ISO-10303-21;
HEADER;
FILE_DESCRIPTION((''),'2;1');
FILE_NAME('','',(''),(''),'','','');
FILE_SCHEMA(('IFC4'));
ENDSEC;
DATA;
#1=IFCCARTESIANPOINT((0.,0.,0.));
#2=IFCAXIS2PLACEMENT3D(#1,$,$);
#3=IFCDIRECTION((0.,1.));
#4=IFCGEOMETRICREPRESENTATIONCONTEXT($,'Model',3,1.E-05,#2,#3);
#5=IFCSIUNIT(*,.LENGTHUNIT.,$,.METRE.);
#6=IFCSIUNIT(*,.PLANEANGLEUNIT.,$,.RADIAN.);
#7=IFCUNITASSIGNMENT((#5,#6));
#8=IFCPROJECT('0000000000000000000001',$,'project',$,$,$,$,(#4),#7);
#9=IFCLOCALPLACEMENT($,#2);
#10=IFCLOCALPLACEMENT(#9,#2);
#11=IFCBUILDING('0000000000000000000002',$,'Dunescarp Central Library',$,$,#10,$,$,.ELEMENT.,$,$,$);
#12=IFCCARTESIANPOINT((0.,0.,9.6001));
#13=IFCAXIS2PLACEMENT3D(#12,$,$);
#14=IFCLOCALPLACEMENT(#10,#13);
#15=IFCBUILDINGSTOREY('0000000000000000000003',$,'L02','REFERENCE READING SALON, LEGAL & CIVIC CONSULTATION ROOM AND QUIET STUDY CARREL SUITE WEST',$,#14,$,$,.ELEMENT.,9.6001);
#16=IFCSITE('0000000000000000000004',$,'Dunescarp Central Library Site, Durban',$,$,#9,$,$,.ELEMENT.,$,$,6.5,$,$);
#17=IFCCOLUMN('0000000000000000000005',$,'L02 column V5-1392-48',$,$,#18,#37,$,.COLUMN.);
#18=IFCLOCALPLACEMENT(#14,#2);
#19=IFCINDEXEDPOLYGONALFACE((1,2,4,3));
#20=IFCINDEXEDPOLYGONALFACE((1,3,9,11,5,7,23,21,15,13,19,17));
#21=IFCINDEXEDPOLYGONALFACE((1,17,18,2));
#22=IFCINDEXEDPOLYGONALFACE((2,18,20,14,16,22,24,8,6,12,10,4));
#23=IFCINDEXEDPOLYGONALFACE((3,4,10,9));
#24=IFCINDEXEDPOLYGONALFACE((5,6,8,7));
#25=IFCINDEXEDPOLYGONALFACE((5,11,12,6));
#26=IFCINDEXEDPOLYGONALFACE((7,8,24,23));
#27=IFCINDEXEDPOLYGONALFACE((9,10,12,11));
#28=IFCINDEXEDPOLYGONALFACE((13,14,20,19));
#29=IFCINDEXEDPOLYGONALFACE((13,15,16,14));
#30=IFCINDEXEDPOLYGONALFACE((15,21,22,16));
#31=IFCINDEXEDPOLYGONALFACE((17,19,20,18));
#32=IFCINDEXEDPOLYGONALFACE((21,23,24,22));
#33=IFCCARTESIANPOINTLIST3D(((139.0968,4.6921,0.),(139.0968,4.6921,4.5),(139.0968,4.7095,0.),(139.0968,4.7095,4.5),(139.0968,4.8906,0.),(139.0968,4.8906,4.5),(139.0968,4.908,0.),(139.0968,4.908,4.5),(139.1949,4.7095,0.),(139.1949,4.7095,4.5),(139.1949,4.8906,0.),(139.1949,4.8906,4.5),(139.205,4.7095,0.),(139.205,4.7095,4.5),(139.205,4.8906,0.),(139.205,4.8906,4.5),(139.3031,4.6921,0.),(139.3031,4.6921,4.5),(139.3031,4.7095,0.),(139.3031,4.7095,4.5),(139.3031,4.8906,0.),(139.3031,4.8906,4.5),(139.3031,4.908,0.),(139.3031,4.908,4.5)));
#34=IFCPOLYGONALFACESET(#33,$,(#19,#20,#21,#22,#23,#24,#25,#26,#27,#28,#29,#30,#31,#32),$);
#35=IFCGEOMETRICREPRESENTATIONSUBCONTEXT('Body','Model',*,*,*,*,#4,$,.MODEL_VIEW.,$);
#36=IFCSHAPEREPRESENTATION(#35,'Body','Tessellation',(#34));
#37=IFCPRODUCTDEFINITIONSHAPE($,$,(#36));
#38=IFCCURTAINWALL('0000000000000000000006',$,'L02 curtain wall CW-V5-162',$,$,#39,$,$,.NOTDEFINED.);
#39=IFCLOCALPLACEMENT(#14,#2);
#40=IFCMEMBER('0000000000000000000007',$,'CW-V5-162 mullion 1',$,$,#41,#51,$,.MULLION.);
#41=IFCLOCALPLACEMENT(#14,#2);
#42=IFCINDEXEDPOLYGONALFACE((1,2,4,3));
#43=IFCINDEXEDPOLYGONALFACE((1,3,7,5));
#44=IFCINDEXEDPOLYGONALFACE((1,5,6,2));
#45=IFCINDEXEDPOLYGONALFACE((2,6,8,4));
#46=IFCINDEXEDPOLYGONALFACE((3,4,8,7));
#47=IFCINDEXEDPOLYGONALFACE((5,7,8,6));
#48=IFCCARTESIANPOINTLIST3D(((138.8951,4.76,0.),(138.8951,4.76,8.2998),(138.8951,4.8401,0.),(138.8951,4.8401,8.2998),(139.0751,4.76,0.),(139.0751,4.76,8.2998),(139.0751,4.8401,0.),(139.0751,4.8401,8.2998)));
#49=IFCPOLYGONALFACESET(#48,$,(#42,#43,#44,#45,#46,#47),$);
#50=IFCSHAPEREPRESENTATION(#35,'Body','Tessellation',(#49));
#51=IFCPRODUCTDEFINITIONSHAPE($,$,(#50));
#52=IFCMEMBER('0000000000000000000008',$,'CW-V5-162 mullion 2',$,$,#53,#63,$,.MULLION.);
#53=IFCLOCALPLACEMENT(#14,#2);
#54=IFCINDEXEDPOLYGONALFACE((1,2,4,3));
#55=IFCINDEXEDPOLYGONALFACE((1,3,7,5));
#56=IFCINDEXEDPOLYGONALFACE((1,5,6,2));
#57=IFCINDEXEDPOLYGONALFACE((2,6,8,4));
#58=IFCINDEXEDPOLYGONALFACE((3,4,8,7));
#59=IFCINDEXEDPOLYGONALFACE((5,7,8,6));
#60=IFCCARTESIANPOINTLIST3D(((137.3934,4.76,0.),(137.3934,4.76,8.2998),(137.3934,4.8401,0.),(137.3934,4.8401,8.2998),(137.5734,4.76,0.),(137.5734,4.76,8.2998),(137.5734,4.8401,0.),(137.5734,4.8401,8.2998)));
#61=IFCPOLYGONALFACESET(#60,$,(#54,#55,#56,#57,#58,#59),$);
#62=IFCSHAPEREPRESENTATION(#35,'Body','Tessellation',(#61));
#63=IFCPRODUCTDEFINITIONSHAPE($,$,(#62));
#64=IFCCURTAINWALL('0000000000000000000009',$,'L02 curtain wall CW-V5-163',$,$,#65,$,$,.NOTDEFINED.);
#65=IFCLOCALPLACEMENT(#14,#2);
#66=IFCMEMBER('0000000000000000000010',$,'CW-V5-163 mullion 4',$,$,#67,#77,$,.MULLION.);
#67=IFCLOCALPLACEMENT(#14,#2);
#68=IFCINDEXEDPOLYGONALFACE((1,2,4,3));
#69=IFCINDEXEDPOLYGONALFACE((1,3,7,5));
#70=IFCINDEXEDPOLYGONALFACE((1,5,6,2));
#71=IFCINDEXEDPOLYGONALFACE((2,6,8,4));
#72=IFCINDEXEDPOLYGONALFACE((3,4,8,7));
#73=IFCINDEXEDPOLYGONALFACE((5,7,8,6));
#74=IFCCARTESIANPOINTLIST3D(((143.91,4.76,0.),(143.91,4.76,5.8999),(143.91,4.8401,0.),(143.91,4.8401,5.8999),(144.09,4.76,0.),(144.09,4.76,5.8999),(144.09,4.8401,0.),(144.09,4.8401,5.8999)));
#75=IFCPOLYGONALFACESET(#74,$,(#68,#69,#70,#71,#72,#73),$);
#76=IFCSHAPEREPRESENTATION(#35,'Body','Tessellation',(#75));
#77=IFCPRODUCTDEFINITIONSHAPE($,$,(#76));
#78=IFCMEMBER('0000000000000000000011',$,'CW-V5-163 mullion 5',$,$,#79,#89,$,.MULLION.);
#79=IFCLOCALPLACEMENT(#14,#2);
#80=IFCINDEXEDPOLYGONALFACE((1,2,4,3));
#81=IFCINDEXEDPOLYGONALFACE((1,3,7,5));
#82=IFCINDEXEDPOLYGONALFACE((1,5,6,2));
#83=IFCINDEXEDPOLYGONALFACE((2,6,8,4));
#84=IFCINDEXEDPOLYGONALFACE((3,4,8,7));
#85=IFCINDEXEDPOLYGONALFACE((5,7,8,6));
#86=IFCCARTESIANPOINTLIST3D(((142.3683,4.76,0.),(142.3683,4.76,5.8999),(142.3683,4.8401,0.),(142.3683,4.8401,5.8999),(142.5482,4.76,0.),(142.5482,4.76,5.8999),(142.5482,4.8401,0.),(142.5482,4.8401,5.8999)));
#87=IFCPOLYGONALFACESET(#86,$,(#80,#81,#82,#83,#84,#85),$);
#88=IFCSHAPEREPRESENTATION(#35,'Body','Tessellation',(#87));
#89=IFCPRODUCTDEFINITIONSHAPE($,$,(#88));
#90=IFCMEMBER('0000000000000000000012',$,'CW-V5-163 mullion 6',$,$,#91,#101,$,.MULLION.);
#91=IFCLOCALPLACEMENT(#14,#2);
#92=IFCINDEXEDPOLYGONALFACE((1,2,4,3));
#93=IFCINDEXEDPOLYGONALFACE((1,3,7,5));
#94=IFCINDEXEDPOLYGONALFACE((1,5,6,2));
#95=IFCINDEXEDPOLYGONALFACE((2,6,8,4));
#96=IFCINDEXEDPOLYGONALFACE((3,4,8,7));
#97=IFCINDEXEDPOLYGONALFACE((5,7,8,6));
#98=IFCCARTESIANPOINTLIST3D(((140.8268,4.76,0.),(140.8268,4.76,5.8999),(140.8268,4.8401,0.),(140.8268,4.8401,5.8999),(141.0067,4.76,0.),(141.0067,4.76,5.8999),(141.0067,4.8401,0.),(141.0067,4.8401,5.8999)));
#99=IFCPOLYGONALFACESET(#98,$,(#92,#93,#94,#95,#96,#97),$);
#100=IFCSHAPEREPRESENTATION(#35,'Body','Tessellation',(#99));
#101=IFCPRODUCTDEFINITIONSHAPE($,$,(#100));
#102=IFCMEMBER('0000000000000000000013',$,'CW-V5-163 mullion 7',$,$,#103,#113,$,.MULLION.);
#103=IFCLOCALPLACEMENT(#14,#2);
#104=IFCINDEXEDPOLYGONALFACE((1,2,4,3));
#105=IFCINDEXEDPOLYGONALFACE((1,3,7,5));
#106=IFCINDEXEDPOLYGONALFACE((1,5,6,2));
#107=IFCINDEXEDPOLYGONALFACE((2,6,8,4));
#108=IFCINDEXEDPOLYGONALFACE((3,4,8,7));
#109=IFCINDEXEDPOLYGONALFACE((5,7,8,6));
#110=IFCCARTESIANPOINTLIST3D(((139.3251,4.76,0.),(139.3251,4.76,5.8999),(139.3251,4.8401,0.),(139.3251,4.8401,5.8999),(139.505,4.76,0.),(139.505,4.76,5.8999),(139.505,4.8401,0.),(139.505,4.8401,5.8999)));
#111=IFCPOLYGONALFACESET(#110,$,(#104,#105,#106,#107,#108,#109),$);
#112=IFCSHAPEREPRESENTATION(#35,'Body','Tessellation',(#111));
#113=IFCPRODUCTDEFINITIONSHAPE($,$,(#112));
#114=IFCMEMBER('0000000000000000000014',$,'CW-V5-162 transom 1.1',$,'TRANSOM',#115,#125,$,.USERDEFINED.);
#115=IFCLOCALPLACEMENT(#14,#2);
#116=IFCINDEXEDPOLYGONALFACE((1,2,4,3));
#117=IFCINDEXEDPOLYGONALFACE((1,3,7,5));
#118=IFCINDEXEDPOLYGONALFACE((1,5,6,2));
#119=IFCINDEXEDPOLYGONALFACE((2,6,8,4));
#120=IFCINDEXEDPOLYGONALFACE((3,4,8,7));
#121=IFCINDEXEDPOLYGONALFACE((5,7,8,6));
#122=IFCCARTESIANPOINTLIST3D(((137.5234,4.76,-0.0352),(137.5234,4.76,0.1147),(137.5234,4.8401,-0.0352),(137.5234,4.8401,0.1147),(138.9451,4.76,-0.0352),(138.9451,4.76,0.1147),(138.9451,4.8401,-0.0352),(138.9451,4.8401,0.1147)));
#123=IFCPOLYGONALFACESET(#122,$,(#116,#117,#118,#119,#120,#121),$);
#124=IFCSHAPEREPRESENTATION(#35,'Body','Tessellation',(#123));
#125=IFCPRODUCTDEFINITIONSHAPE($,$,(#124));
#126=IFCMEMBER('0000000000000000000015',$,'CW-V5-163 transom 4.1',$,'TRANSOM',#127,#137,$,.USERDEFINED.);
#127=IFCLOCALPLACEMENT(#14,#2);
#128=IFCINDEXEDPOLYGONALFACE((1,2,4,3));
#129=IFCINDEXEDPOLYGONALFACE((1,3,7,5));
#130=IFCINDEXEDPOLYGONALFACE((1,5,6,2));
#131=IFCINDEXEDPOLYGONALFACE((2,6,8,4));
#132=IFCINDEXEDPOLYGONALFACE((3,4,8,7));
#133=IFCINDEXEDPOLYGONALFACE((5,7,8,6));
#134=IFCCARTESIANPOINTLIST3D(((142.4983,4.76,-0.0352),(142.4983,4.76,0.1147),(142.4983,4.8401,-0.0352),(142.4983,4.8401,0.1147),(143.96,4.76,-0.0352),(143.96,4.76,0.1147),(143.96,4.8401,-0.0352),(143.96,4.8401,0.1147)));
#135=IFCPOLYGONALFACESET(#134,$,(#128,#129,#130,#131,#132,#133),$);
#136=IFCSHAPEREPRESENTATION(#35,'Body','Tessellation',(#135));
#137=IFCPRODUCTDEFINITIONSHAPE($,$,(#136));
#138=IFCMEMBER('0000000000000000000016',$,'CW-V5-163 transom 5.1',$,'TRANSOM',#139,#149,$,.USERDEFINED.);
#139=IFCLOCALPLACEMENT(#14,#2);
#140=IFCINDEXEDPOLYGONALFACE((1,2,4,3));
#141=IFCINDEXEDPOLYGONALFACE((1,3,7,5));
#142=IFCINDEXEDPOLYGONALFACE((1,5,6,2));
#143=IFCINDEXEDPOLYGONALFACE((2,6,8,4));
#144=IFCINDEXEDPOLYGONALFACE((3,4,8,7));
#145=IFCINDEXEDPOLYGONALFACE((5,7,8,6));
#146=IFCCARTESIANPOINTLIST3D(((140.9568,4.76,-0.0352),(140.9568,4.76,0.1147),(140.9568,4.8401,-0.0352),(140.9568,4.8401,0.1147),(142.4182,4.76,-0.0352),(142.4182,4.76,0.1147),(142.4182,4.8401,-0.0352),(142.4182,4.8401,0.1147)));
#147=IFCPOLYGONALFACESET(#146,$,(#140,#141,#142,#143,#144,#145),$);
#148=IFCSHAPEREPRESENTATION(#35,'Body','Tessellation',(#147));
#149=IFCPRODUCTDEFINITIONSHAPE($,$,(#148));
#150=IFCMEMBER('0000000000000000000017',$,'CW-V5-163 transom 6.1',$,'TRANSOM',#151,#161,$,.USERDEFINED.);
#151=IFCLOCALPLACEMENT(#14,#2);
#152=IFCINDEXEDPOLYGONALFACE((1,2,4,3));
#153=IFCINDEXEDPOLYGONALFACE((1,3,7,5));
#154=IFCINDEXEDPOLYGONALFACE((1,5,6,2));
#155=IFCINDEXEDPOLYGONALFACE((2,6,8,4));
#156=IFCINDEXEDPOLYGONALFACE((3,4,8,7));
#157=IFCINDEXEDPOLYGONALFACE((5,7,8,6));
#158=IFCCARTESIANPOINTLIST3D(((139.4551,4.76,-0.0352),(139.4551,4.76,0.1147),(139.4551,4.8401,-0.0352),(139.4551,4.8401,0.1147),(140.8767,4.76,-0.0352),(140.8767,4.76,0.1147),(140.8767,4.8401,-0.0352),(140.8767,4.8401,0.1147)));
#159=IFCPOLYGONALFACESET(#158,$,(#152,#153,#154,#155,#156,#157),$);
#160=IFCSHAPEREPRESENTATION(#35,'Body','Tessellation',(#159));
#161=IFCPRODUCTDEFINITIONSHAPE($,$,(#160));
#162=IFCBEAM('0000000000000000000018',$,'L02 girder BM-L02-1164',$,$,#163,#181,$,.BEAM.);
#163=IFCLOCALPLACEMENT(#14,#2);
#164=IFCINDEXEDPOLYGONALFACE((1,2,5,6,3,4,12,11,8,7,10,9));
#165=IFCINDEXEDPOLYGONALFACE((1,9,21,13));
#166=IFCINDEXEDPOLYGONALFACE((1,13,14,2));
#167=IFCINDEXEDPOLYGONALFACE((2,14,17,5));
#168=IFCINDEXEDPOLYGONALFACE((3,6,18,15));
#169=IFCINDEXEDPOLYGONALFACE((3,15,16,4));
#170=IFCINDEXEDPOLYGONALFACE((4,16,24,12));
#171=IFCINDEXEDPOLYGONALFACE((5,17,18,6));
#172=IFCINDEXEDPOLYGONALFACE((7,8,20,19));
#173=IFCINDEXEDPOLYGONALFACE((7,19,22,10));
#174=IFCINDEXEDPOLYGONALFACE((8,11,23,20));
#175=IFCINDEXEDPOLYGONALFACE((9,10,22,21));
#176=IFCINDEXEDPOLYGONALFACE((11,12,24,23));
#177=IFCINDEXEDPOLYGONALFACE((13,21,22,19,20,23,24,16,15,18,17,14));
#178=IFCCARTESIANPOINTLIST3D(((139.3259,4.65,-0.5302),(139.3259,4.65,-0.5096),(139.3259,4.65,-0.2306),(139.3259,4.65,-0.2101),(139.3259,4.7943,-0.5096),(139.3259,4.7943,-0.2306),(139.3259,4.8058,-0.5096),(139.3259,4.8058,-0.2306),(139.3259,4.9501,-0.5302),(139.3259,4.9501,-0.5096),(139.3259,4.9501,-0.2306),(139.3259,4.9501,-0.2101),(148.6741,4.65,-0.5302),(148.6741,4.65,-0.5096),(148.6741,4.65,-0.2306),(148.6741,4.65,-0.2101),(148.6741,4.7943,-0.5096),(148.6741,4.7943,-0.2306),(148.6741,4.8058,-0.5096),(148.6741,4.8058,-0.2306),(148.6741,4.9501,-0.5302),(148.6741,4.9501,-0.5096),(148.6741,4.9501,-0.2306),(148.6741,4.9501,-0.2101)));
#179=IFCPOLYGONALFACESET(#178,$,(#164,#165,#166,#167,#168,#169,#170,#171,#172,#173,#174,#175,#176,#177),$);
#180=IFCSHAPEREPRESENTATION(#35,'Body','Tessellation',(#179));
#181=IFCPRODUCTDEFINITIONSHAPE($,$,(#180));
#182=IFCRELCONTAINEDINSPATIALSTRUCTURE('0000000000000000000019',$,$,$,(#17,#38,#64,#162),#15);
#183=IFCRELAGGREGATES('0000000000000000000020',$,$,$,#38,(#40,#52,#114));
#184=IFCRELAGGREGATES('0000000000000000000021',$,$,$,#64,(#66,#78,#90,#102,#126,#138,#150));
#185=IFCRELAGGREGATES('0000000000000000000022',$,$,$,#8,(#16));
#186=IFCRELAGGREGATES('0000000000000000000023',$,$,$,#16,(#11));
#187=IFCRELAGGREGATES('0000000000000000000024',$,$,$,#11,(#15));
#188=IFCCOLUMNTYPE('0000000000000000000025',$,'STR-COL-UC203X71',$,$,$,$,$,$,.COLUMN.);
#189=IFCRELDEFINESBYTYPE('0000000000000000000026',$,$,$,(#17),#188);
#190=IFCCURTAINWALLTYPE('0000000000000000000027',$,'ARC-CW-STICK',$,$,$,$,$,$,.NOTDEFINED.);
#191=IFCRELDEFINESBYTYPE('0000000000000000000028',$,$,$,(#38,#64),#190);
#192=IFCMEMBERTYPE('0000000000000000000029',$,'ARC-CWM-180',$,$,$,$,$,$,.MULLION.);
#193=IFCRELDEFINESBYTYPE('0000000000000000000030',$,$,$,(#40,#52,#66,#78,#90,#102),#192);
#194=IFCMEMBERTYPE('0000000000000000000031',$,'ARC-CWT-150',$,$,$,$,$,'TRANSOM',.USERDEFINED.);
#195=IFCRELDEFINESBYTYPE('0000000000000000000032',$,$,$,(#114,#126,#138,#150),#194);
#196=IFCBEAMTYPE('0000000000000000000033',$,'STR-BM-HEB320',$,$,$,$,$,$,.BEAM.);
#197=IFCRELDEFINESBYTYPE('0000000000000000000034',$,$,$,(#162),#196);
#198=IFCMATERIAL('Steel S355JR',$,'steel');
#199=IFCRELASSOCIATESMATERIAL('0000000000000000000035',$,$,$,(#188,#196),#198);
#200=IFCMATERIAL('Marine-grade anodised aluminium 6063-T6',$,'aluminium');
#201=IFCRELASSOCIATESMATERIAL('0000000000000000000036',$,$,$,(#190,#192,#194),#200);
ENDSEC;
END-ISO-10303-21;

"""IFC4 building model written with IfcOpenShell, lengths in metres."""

from ifc_helpers import new_model, si_unit, direction, frame, origin, origin_2d, place, context, subcontext, project, spatial, rectangle, i_section, extrude, material, material_profile, profile_set, type_object, element, aggregate, save


model = new_model("IFC4")

# Units and contexts
model_context = context("Model", 3, precision=1e-05, world=origin(), true_north=direction((0.0, 1.0)))
body_context = subcontext(model_context, "Body", "Model", "MODEL_VIEW")
ifc_project = project(units=[si_unit("LENGTHUNIT", "METRE"), si_unit("PLANEANGLEUNIT", "RADIAN")], contexts=[model_context])

# Site, building, storey
site_placement = place(None, origin())
site = spatial("IfcSite", under=ifc_project, at=site_placement, Name="Dunescarp Central Library Site, Durban", CompositionType="ELEMENT", RefElevation=6.5)
building_placement = place(site_placement, origin())
building = spatial("IfcBuilding", under=site, at=building_placement, Name="Dunescarp Central Library", CompositionType="ELEMENT")
storey_placement = place(building_placement, frame((0.0, 0.0, 9.6001)))
storey = spatial("IfcBuildingStorey", under=building, at=storey_placement, Name="L02", Description="REFERENCE READING SALON, LEGAL & CIVIC CONSULTATION ROOM AND QUIET STUDY CARREL SUITE WEST", CompositionType="ELEMENT", Elevation=9.6001)

# Column
ifc_material_1 = material(Name="Steel S355JR", Category="steel")
ifc_material_profile_1 = material_profile(ifc_material_1, i_section(OverallWidth=0.2063, OverallDepth=0.2158, WebThickness=0.01, FlangeThickness=0.0173, at=origin_2d()), Name="UC 203x203x71")
ifc_profile_set_1 = profile_set([ifc_material_profile_1], Name="Steel S355JR")
column_type = type_object("IfcColumnType", Name="STR-COL-UC203X71", PredefinedType="COLUMN", material=ifc_profile_set_1)
column_placement = place(storey_placement, frame((139.2, 4.8, 0.0), z_axis=(0.0, 0.0, 1.0), x_axis=(1.0, 0.0, 0.0)))
element("IfcColumn", 1, at=column_placement, inside=storey, type_object=column_type, Name="L02 column V5-1392-48", PredefinedType="COLUMN", context=body_context, shape_type="SweptSolid", body=[
    extrude(i_section(OverallWidth=0.2063, OverallDepth=0.2158, WebThickness=0.01, FlangeThickness=0.0173, at=origin_2d()), origin(), (0.0, 0.0, 1.0), 4.5),
])

# Curtain walls, members
ifc_material_2 = material(Name="Marine-grade anodised aluminium 6063-T6", Category="aluminium")
curtain_wall_type = type_object("IfcCurtainWallType", Name="ARC-CW-STICK", PredefinedType="NOTDEFINED", material=ifc_material_2)
curtain_wall_1_placement = place(storey_placement, origin())
curtain_wall_1 = element("IfcCurtainWall", 2, at=curtain_wall_1_placement, inside=storey, type_object=curtain_wall_type, Name="L02 curtain wall CW-V5-162", PredefinedType="NOTDEFINED")
ifc_material_profile_2 = material_profile(ifc_material_2, rectangle(XDim=0.0801, YDim=0.1799, at=origin_2d()), Name="AL 80x180")
ifc_profile_set_2 = profile_set([ifc_material_profile_2], Name="Marine-grade anodised aluminium 6063-T6")
member_type_1 = type_object("IfcMemberType", Name="ARC-CWM-180", PredefinedType="MULLION", material=ifc_profile_set_2)
member_1_placement = place(storey_placement, frame((138.9851, 4.8, 0.0), z_axis=(0.0, 0.0, 1.0), x_axis=(0.0, -1.0, 0.0)))
member_1 = element("IfcMember", 3, at=member_1_placement, type_object=member_type_1, Name="CW-V5-162 mullion 1", PredefinedType="MULLION", context=body_context, shape_type="SweptSolid", body=[
    extrude(rectangle(XDim=0.0801, YDim=0.1799, at=origin_2d()), origin(), (0.0, 0.0, 1.0), 8.2998),
])
member_2_placement = place(storey_placement, frame((137.4834, 4.8, 0.0), z_axis=(0.0, 0.0, 1.0), x_axis=(0.0, -1.0, 0.0)))
member_2 = element("IfcMember", 4, at=member_2_placement, type_object=member_type_1, Name="CW-V5-162 mullion 2", PredefinedType="MULLION", context=body_context, shape_type="SweptSolid", body=[
    extrude(rectangle(XDim=0.0801, YDim=0.1799, at=origin_2d()), origin(), (0.0, 0.0, 1.0), 8.2998),
])
curtain_wall_2_placement = place(storey_placement, origin())
curtain_wall_2 = element("IfcCurtainWall", 5, at=curtain_wall_2_placement, inside=storey, type_object=curtain_wall_type, Name="L02 curtain wall CW-V5-163", PredefinedType="NOTDEFINED")
member_3_placement = place(storey_placement, frame((144.0, 4.8, 0.0), z_axis=(0.0, 0.0, 1.0), x_axis=(0.0, -1.0, 0.0)))
member_3 = element("IfcMember", 6, at=member_3_placement, type_object=member_type_1, Name="CW-V5-163 mullion 4", PredefinedType="MULLION", context=body_context, shape_type="SweptSolid", body=[
    extrude(rectangle(XDim=0.0801, YDim=0.1799, at=origin_2d()), origin(), (0.0, 0.0, 1.0), 5.8999),
])
member_4_placement = place(storey_placement, frame((142.4583, 4.8, 0.0), z_axis=(0.0, 0.0, 1.0), x_axis=(0.0, -1.0, 0.0)))
member_4 = element("IfcMember", 7, at=member_4_placement, type_object=member_type_1, Name="CW-V5-163 mullion 5", PredefinedType="MULLION", context=body_context, shape_type="SweptSolid", body=[
    extrude(rectangle(XDim=0.0801, YDim=0.1799, at=origin_2d()), origin(), (0.0, 0.0, 1.0), 5.8999),
])
member_5_placement = place(storey_placement, frame((140.9167, 4.8, 0.0), z_axis=(0.0, 0.0, 1.0), x_axis=(0.0, -1.0, 0.0)))
member_5 = element("IfcMember", 8, at=member_5_placement, type_object=member_type_1, Name="CW-V5-163 mullion 6", PredefinedType="MULLION", context=body_context, shape_type="SweptSolid", body=[
    extrude(rectangle(XDim=0.0801, YDim=0.1799, at=origin_2d()), origin(), (0.0, 0.0, 1.0), 5.8999),
])
member_6_placement = place(storey_placement, frame((139.415, 4.8, 0.0), z_axis=(0.0, 0.0, 1.0), x_axis=(0.0, -1.0, 0.0)))
member_6 = element("IfcMember", 9, at=member_6_placement, type_object=member_type_1, Name="CW-V5-163 mullion 7", PredefinedType="MULLION", context=body_context, shape_type="SweptSolid", body=[
    extrude(rectangle(XDim=0.0801, YDim=0.1799, at=origin_2d()), origin(), (0.0, 0.0, 1.0), 5.8999),
])

# Members
ifc_material_profile_3 = material_profile(ifc_material_2, rectangle(XDim=0.0801, YDim=0.1499, at=origin_2d()), Name="AL 80x150")
ifc_profile_set_3 = profile_set([ifc_material_profile_3], Name="Marine-grade anodised aluminium 6063-T6")
member_type_2 = type_object("IfcMemberType", Name="ARC-CWT-150", ElementType="TRANSOM", PredefinedType="USERDEFINED", material=ifc_profile_set_3)
member_7_placement = place(storey_placement, frame((138.9451, 4.8, 0.0398), z_axis=(-1.0, 0.0, 0.0), x_axis=(0.0, -1.0, 0.0)))
member_7 = element("IfcMember", 10, at=member_7_placement, type_object=member_type_2, Name="CW-V5-162 transom 1.1", ObjectType="TRANSOM", PredefinedType="USERDEFINED", context=body_context, shape_type="SweptSolid", body=[
    extrude(rectangle(XDim=0.0801, YDim=0.1499, at=origin_2d()), origin(), (0.0, 0.0, 1.0), 1.4216),
])
member_8_placement = place(storey_placement, frame((143.96, 4.8, 0.0398), z_axis=(-1.0, 0.0, 0.0), x_axis=(0.0, -1.0, 0.0)))
member_8 = element("IfcMember", 11, at=member_8_placement, type_object=member_type_2, Name="CW-V5-163 transom 4.1", ObjectType="TRANSOM", PredefinedType="USERDEFINED", context=body_context, shape_type="SweptSolid", body=[
    extrude(rectangle(XDim=0.0801, YDim=0.1499, at=origin_2d()), origin(), (0.0, 0.0, 1.0), 1.4617),
])
member_9_placement = place(storey_placement, frame((142.4182, 4.8, 0.0398), z_axis=(-1.0, 0.0, 0.0), x_axis=(0.0, -1.0, 0.0)))
member_9 = element("IfcMember", 12, at=member_9_placement, type_object=member_type_2, Name="CW-V5-163 transom 5.1", ObjectType="TRANSOM", PredefinedType="USERDEFINED", context=body_context, shape_type="SweptSolid", body=[
    extrude(rectangle(XDim=0.0801, YDim=0.1499, at=origin_2d()), origin(), (0.0, 0.0, 1.0), 1.4614),
])
member_10_placement = place(storey_placement, frame((140.8767, 4.8, 0.0398), z_axis=(-1.0, 0.0, 0.0), x_axis=(0.0, -1.0, 0.0)))
member_10 = element("IfcMember", 13, at=member_10_placement, type_object=member_type_2, Name="CW-V5-163 transom 6.1", ObjectType="TRANSOM", PredefinedType="USERDEFINED", context=body_context, shape_type="SweptSolid", body=[
    extrude(rectangle(XDim=0.0801, YDim=0.1499, at=origin_2d()), origin(), (0.0, 0.0, 1.0), 1.4216),
])

# Beam
ifc_material_profile_4 = material_profile(ifc_material_1, i_section(OverallWidth=0.3, OverallDepth=0.3201, WebThickness=0.0115, FlangeThickness=0.0205, at=origin_2d()), Name="HEB 320")
ifc_profile_set_4 = profile_set([ifc_material_profile_4], Name="Steel S355JR")
beam_type_1 = type_object("IfcBeamType", Name="STR-BM-HEB320", PredefinedType="BEAM", material=ifc_profile_set_4)
beam_1_placement = place(storey_placement, frame((139.3259, 4.8, -0.3701), z_axis=(1.0, 0.0, 0.0), x_axis=(0.0, 1.0, 0.0)))
element("IfcBeam", 14, at=beam_1_placement, inside=storey, type_object=beam_type_1, Name="L02 girder BM-L02-1164", PredefinedType="BEAM", context=body_context, shape_type="SweptSolid", body=[
    extrude(i_section(OverallWidth=0.3, OverallDepth=0.3201, WebThickness=0.0115, FlangeThickness=0.0205, at=origin_2d()), origin(), (0.0, 0.0, 1.0), 9.3481),
])

aggregate(curtain_wall_1, [member_1, member_2, member_7])
aggregate(curtain_wall_2, [member_3, member_4, member_5, member_6, member_8, member_9, member_10])

save(model, "model.ifc")
